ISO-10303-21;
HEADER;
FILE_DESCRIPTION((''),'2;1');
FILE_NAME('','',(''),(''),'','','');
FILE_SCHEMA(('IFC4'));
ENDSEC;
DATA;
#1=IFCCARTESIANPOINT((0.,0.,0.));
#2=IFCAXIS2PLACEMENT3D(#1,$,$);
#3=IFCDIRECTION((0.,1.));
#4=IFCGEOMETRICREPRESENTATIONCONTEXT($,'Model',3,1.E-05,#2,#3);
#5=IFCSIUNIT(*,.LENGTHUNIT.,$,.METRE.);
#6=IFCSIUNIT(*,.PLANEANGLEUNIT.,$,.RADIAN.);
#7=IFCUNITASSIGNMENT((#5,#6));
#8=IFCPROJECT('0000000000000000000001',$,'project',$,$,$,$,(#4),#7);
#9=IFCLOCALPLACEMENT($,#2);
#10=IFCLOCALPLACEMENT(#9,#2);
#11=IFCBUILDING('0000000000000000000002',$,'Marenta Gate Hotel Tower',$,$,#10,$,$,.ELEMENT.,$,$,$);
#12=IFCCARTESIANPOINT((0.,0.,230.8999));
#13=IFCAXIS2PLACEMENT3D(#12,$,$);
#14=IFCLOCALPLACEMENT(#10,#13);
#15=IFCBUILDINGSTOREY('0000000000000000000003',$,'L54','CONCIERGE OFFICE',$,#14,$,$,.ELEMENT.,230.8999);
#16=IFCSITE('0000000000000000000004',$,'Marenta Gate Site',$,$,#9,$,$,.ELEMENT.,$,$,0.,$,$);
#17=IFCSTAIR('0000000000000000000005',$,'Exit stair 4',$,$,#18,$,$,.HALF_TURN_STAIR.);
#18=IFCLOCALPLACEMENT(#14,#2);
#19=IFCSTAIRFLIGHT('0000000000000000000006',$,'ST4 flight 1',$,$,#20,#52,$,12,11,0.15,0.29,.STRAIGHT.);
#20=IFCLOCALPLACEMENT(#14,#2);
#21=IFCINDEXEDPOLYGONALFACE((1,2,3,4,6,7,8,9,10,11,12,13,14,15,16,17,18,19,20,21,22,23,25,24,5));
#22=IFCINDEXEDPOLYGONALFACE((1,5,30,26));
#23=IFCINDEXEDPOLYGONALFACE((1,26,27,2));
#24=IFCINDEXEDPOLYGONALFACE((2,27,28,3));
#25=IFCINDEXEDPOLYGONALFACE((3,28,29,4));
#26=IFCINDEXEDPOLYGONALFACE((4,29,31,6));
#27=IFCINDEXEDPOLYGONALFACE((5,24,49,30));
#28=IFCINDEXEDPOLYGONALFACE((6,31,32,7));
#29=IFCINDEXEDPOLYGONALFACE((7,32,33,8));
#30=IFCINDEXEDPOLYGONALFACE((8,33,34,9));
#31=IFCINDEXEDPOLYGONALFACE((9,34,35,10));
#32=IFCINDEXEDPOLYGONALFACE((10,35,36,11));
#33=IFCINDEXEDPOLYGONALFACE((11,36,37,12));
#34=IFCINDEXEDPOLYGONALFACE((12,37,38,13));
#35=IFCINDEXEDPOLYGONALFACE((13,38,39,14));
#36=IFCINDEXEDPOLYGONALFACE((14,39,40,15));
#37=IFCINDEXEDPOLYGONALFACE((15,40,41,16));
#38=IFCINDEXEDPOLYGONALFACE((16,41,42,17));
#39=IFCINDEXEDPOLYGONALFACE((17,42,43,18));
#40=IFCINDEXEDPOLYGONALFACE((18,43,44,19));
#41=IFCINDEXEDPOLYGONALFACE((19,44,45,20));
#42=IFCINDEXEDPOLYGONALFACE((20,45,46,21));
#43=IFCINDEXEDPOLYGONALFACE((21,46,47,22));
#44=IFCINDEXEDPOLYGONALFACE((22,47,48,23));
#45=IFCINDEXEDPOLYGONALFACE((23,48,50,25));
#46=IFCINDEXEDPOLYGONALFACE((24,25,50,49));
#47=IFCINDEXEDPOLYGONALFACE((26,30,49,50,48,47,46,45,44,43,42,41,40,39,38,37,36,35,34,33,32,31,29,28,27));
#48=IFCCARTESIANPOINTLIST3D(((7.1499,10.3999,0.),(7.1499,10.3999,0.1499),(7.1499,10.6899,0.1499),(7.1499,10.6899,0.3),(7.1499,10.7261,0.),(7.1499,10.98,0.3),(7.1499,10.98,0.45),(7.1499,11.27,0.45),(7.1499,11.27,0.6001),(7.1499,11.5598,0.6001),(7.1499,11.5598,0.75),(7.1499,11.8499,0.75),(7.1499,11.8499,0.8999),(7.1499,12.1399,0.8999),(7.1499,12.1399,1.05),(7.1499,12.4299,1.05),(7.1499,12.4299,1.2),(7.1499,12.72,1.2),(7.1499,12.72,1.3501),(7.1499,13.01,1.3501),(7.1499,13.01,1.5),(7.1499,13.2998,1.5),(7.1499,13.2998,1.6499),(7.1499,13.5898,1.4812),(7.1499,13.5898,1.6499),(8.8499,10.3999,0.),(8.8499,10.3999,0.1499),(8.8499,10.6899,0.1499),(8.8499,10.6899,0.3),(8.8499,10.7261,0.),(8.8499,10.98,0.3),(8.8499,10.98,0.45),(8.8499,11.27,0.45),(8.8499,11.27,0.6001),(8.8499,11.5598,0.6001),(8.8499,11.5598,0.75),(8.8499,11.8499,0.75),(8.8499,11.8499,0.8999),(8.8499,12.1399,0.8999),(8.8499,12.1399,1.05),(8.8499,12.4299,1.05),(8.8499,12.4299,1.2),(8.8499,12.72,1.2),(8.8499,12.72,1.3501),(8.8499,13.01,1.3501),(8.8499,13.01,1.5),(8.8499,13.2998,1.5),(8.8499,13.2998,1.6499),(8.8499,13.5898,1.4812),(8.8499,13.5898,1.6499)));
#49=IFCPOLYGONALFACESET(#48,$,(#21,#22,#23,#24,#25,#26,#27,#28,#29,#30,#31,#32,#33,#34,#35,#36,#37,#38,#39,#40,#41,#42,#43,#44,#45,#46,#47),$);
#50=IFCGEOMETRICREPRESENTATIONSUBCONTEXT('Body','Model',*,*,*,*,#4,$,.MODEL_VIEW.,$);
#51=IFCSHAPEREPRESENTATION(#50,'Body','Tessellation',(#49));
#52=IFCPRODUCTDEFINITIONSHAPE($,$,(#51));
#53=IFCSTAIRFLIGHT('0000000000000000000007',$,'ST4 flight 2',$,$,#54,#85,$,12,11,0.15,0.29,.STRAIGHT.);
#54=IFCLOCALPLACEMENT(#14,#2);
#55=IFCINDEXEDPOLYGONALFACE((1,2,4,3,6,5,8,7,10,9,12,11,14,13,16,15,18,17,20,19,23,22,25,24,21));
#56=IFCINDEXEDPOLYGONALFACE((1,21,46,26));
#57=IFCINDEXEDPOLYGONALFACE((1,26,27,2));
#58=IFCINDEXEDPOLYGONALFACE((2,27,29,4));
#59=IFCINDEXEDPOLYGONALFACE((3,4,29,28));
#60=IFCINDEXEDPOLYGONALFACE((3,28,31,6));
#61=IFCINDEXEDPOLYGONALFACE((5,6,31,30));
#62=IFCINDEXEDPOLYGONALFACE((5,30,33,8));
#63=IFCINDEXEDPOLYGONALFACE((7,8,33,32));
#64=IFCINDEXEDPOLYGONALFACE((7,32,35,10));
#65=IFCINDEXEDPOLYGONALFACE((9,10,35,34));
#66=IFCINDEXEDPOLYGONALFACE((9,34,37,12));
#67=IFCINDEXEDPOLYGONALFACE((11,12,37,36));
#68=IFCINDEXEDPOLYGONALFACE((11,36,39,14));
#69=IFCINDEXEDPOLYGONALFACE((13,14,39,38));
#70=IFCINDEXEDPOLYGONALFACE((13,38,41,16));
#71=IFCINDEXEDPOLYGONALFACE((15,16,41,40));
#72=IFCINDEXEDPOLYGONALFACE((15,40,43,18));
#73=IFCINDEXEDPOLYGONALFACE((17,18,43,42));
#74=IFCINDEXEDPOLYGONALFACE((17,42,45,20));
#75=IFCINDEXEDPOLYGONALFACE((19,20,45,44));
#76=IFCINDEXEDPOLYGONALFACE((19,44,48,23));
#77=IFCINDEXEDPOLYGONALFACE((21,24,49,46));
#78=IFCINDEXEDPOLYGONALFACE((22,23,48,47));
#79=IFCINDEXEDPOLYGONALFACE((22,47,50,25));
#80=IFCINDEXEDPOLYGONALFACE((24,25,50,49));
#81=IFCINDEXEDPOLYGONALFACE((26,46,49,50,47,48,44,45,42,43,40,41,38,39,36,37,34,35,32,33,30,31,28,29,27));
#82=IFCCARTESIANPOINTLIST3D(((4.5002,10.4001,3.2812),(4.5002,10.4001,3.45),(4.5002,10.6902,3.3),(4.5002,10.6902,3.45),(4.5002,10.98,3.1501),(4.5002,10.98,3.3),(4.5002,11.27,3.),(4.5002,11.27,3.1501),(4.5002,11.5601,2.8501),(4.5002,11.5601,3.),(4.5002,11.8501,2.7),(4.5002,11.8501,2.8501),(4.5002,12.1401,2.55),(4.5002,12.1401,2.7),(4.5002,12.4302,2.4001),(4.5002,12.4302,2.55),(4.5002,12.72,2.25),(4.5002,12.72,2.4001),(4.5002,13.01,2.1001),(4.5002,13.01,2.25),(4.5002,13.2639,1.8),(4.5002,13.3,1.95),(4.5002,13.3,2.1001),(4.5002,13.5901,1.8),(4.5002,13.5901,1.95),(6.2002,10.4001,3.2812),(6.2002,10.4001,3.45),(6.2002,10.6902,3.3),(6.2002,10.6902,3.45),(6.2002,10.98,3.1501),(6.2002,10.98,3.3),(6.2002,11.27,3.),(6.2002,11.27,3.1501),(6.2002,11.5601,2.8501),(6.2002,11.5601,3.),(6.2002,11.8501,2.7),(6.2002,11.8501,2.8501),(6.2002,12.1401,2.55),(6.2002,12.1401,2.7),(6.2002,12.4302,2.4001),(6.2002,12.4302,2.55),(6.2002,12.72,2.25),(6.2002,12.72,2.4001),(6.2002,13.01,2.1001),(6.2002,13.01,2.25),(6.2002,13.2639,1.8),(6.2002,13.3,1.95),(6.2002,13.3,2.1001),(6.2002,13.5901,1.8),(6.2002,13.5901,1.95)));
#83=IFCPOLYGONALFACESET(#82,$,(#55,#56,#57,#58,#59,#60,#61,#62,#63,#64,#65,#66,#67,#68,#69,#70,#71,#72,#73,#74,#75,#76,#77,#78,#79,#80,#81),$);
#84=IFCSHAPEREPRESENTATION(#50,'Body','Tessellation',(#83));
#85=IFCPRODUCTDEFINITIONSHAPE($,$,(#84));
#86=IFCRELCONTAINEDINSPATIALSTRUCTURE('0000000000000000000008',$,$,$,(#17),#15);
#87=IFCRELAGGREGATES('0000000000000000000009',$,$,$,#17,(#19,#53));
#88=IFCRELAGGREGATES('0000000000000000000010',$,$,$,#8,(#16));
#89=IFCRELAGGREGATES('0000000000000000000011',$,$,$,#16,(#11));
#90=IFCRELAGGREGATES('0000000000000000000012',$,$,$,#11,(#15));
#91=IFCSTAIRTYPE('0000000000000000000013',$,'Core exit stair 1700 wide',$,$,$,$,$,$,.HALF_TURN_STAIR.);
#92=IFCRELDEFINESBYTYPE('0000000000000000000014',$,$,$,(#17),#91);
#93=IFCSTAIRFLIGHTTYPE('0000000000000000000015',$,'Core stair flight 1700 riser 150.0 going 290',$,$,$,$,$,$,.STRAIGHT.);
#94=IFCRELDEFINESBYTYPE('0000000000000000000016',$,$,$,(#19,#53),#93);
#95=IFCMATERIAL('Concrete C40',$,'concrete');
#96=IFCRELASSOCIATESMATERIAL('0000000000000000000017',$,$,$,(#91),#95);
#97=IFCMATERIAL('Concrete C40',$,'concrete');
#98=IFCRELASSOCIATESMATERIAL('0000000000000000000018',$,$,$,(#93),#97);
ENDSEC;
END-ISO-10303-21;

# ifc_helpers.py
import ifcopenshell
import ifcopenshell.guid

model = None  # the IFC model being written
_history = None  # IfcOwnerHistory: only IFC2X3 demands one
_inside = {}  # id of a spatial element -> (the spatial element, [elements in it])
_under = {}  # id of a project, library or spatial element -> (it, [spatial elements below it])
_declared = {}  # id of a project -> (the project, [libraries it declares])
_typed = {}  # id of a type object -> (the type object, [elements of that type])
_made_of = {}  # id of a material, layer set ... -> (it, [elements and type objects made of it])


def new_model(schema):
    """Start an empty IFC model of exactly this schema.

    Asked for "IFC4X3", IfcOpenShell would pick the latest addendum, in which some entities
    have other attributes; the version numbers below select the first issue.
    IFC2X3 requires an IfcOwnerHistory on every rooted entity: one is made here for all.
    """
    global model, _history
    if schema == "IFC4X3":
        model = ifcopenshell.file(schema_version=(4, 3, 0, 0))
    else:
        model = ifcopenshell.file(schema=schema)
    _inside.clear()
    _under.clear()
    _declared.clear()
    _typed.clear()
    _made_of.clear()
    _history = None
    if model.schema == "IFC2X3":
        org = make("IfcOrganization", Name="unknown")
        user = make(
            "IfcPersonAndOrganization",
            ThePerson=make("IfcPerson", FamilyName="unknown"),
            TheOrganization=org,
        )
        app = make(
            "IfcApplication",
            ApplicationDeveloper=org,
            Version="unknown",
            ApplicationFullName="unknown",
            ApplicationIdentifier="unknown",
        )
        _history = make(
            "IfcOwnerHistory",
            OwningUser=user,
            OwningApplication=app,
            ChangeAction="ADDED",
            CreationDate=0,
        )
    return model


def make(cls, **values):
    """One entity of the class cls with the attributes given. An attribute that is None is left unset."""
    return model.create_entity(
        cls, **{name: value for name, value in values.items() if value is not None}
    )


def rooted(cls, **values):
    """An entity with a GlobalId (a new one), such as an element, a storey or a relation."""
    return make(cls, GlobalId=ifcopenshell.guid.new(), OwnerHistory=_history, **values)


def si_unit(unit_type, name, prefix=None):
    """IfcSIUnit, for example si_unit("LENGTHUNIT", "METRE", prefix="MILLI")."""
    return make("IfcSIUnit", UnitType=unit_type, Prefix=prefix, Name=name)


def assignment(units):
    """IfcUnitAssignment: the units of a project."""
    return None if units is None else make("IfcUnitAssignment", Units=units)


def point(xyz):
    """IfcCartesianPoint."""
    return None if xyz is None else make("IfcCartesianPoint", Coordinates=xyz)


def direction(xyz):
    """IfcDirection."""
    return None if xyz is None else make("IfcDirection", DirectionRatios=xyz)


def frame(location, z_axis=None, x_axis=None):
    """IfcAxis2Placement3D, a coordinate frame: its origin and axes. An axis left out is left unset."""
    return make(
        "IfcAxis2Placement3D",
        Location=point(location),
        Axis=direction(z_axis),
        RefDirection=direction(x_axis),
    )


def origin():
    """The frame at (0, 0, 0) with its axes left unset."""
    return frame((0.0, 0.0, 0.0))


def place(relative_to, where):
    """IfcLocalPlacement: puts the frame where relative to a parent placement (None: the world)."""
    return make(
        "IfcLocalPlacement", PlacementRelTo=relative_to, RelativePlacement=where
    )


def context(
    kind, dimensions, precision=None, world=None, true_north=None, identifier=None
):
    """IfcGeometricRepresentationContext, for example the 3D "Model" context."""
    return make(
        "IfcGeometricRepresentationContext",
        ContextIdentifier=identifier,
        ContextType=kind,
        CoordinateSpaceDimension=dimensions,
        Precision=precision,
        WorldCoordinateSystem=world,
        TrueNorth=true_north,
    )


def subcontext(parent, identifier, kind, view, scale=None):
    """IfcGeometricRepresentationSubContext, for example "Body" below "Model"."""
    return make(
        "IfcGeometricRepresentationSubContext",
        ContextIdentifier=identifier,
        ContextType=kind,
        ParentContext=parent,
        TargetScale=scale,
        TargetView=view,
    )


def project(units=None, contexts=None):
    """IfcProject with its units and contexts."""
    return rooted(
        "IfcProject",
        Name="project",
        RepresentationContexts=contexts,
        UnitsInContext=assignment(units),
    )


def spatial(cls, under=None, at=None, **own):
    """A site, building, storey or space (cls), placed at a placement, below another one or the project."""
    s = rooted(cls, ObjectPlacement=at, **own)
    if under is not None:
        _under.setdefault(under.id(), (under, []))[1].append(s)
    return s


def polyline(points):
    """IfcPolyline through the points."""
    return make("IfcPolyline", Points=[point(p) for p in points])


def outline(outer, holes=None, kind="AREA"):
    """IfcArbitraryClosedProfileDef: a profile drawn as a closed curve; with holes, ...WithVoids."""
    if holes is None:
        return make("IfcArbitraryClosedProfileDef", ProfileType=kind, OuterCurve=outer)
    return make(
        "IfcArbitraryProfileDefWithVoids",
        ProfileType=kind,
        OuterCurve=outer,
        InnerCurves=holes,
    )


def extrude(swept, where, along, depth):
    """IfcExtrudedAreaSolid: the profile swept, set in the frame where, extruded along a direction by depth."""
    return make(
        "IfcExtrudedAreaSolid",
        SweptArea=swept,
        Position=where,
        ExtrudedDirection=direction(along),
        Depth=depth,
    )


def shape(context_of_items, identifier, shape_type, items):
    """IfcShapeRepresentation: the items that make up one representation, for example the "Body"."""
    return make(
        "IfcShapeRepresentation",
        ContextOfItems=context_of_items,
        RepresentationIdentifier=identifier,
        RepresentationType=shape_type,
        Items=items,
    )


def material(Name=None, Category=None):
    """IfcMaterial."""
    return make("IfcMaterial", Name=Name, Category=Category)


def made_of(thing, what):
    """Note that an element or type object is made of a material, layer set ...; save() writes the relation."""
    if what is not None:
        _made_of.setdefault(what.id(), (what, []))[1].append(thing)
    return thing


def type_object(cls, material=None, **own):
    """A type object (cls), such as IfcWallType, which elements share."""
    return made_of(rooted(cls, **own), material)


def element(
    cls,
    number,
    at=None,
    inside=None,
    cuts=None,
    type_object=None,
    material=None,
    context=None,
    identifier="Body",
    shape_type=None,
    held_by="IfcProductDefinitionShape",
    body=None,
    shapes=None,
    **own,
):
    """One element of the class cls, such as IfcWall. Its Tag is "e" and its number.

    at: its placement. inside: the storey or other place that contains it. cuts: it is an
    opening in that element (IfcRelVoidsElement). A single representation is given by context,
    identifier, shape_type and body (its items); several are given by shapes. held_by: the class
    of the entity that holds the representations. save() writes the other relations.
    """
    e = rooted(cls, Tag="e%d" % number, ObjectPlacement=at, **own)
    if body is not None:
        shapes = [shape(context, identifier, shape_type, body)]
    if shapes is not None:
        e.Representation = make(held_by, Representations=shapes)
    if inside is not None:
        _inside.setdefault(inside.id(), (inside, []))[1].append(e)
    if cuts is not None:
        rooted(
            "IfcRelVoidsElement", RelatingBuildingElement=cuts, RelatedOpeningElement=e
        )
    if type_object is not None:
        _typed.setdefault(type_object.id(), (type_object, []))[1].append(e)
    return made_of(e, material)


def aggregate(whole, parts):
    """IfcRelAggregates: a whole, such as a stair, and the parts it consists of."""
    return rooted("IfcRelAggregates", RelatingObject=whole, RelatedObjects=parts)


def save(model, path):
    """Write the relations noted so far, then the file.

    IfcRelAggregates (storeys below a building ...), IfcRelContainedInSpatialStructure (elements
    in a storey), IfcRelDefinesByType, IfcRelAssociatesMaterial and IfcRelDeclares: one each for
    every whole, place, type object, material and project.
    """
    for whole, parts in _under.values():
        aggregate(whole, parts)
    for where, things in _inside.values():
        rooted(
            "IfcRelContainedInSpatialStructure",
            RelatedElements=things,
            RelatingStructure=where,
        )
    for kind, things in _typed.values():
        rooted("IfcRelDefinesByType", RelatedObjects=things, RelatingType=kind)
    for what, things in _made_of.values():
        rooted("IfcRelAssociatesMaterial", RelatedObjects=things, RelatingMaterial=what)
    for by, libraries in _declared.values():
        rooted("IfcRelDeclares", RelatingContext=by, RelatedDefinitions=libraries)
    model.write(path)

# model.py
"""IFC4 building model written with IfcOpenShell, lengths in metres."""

from ifc_helpers import new_model, si_unit, direction, frame, origin, place, context, subcontext, project, spatial, polyline, outline, extrude, material, type_object, element, aggregate, save


model = new_model("IFC4")

# Units and contexts
model_context = context("Model", 3, precision=1e-05, world=origin(), true_north=direction((0.0, 1.0)))
body_context = subcontext(model_context, "Body", "Model", "MODEL_VIEW")
ifc_project = project(units=[si_unit("LENGTHUNIT", "METRE"), si_unit("PLANEANGLEUNIT", "RADIAN")], contexts=[model_context])

# Site, building, storey
site_placement = place(None, origin())
site = spatial("IfcSite", under=ifc_project, at=site_placement, Name="Marenta Gate Site", CompositionType="ELEMENT", RefElevation=0.0)
building_placement = place(site_placement, origin())
building = spatial("IfcBuilding", under=site, at=building_placement, Name="Marenta Gate Hotel Tower", CompositionType="ELEMENT")
storey_placement = place(building_placement, frame((0.0, 0.0, 230.8999)))
storey = spatial("IfcBuildingStorey", under=building, at=storey_placement, Name="L54", Description="CONCIERGE OFFICE", CompositionType="ELEMENT", Elevation=230.8999)

# Stair, stair flights
ifc_material_1 = material(Name="Concrete C40", Category="concrete")
stair_type = type_object("IfcStairType", Name="Core exit stair 1700 wide", PredefinedType="HALF_TURN_STAIR", material=ifc_material_1)
stair_placement = place(storey_placement, origin())
stair = element("IfcStair", 1, at=stair_placement, inside=storey, type_object=stair_type, Name="Exit stair 4", PredefinedType="HALF_TURN_STAIR")
ifc_material_2 = material(Name="Concrete C40", Category="concrete")
stair_flight_type = type_object("IfcStairFlightType", Name="Core stair flight 1700 riser 150.0 going 290", PredefinedType="STRAIGHT", material=ifc_material_2)
stair_flight_1_placement = place(storey_placement, frame((8.0, 10.3999, 0.0), z_axis=(0.0, 0.0, 1.0), x_axis=(0.0, 1.0, 0.0)))
stair_flight_1 = element("IfcStairFlight", 2, at=stair_flight_1_placement, type_object=stair_flight_type, Name="ST4 flight 1", NumberOfRisers=12, NumberOfTreads=11, PredefinedType="STRAIGHT", RiserHeight=0.15, TreadLength=0.29, context=body_context, shape_type="SweptSolid", body=[
    extrude(outline(polyline([(0.0, 0.0), (0.0, 0.1499), (0.29, 0.1499), (0.29, 0.3), (0.5801, 0.3), (0.5801, 0.45), (0.8701, 0.45), (0.8701, 0.6001), (1.1599, 0.6001), (1.1599, 0.75), (1.45, 0.75), (1.45, 0.8999), (1.74, 0.8999), (1.74, 1.05), (2.03, 1.05), (2.03, 1.2), (2.3201, 1.2), (2.3201, 1.3501), (2.6101, 1.3501), (2.6101, 1.5), (2.8999, 1.5), (2.8999, 1.6499), (3.1899, 1.6499), (3.1899, 1.8), (3.1899, 1.4812), (0.3262, 0.0), (0.0, 0.0)])), frame((0.0, 0.8501, 0.0), z_axis=(0.0, -1.0, 0.0), x_axis=(1.0, 0.0, 0.0)), (0.0, 0.0, 1.0), 1.7),
])
stair_flight_2_placement = place(storey_placement, frame((5.3501, 13.5901, 1.8), z_axis=(0.0, 0.0, 1.0), x_axis=(0.0, -1.0, 0.0)))
stair_flight_2 = element("IfcStairFlight", 3, at=stair_flight_2_placement, type_object=stair_flight_type, Name="ST4 flight 2", NumberOfRisers=12, NumberOfTreads=11, PredefinedType="STRAIGHT", RiserHeight=0.15, TreadLength=0.29, context=body_context, shape_type="SweptSolid", body=[
    extrude(outline(polyline([(0.0, 0.0), (0.0, 0.1499), (0.29, 0.1499), (0.29, 0.3), (0.5801, 0.3), (0.5801, 0.45), (0.8701, 0.45), (0.8701, 0.6001), (1.1599, 0.6001), (1.1599, 0.75), (1.45, 0.75), (1.45, 0.8999), (1.74, 0.8999), (1.74, 1.05), (2.03, 1.05), (2.03, 1.2), (2.3201, 1.2), (2.3201, 1.3501), (2.6101, 1.3501), (2.6101, 1.5), (2.8999, 1.5), (2.8999, 1.6499), (3.1899, 1.6499), (3.1899, 1.8), (3.1899, 1.4812), (0.3262, 0.0), (0.0, 0.0)])), frame((0.0, 0.8501, 0.0), z_axis=(0.0, -1.0, 0.0), x_axis=(1.0, 0.0, 0.0)), (0.0, 0.0, 1.0), 1.7),
])
aggregate(stair, [stair_flight_1, stair_flight_2])

save(model, "model.ifc")
